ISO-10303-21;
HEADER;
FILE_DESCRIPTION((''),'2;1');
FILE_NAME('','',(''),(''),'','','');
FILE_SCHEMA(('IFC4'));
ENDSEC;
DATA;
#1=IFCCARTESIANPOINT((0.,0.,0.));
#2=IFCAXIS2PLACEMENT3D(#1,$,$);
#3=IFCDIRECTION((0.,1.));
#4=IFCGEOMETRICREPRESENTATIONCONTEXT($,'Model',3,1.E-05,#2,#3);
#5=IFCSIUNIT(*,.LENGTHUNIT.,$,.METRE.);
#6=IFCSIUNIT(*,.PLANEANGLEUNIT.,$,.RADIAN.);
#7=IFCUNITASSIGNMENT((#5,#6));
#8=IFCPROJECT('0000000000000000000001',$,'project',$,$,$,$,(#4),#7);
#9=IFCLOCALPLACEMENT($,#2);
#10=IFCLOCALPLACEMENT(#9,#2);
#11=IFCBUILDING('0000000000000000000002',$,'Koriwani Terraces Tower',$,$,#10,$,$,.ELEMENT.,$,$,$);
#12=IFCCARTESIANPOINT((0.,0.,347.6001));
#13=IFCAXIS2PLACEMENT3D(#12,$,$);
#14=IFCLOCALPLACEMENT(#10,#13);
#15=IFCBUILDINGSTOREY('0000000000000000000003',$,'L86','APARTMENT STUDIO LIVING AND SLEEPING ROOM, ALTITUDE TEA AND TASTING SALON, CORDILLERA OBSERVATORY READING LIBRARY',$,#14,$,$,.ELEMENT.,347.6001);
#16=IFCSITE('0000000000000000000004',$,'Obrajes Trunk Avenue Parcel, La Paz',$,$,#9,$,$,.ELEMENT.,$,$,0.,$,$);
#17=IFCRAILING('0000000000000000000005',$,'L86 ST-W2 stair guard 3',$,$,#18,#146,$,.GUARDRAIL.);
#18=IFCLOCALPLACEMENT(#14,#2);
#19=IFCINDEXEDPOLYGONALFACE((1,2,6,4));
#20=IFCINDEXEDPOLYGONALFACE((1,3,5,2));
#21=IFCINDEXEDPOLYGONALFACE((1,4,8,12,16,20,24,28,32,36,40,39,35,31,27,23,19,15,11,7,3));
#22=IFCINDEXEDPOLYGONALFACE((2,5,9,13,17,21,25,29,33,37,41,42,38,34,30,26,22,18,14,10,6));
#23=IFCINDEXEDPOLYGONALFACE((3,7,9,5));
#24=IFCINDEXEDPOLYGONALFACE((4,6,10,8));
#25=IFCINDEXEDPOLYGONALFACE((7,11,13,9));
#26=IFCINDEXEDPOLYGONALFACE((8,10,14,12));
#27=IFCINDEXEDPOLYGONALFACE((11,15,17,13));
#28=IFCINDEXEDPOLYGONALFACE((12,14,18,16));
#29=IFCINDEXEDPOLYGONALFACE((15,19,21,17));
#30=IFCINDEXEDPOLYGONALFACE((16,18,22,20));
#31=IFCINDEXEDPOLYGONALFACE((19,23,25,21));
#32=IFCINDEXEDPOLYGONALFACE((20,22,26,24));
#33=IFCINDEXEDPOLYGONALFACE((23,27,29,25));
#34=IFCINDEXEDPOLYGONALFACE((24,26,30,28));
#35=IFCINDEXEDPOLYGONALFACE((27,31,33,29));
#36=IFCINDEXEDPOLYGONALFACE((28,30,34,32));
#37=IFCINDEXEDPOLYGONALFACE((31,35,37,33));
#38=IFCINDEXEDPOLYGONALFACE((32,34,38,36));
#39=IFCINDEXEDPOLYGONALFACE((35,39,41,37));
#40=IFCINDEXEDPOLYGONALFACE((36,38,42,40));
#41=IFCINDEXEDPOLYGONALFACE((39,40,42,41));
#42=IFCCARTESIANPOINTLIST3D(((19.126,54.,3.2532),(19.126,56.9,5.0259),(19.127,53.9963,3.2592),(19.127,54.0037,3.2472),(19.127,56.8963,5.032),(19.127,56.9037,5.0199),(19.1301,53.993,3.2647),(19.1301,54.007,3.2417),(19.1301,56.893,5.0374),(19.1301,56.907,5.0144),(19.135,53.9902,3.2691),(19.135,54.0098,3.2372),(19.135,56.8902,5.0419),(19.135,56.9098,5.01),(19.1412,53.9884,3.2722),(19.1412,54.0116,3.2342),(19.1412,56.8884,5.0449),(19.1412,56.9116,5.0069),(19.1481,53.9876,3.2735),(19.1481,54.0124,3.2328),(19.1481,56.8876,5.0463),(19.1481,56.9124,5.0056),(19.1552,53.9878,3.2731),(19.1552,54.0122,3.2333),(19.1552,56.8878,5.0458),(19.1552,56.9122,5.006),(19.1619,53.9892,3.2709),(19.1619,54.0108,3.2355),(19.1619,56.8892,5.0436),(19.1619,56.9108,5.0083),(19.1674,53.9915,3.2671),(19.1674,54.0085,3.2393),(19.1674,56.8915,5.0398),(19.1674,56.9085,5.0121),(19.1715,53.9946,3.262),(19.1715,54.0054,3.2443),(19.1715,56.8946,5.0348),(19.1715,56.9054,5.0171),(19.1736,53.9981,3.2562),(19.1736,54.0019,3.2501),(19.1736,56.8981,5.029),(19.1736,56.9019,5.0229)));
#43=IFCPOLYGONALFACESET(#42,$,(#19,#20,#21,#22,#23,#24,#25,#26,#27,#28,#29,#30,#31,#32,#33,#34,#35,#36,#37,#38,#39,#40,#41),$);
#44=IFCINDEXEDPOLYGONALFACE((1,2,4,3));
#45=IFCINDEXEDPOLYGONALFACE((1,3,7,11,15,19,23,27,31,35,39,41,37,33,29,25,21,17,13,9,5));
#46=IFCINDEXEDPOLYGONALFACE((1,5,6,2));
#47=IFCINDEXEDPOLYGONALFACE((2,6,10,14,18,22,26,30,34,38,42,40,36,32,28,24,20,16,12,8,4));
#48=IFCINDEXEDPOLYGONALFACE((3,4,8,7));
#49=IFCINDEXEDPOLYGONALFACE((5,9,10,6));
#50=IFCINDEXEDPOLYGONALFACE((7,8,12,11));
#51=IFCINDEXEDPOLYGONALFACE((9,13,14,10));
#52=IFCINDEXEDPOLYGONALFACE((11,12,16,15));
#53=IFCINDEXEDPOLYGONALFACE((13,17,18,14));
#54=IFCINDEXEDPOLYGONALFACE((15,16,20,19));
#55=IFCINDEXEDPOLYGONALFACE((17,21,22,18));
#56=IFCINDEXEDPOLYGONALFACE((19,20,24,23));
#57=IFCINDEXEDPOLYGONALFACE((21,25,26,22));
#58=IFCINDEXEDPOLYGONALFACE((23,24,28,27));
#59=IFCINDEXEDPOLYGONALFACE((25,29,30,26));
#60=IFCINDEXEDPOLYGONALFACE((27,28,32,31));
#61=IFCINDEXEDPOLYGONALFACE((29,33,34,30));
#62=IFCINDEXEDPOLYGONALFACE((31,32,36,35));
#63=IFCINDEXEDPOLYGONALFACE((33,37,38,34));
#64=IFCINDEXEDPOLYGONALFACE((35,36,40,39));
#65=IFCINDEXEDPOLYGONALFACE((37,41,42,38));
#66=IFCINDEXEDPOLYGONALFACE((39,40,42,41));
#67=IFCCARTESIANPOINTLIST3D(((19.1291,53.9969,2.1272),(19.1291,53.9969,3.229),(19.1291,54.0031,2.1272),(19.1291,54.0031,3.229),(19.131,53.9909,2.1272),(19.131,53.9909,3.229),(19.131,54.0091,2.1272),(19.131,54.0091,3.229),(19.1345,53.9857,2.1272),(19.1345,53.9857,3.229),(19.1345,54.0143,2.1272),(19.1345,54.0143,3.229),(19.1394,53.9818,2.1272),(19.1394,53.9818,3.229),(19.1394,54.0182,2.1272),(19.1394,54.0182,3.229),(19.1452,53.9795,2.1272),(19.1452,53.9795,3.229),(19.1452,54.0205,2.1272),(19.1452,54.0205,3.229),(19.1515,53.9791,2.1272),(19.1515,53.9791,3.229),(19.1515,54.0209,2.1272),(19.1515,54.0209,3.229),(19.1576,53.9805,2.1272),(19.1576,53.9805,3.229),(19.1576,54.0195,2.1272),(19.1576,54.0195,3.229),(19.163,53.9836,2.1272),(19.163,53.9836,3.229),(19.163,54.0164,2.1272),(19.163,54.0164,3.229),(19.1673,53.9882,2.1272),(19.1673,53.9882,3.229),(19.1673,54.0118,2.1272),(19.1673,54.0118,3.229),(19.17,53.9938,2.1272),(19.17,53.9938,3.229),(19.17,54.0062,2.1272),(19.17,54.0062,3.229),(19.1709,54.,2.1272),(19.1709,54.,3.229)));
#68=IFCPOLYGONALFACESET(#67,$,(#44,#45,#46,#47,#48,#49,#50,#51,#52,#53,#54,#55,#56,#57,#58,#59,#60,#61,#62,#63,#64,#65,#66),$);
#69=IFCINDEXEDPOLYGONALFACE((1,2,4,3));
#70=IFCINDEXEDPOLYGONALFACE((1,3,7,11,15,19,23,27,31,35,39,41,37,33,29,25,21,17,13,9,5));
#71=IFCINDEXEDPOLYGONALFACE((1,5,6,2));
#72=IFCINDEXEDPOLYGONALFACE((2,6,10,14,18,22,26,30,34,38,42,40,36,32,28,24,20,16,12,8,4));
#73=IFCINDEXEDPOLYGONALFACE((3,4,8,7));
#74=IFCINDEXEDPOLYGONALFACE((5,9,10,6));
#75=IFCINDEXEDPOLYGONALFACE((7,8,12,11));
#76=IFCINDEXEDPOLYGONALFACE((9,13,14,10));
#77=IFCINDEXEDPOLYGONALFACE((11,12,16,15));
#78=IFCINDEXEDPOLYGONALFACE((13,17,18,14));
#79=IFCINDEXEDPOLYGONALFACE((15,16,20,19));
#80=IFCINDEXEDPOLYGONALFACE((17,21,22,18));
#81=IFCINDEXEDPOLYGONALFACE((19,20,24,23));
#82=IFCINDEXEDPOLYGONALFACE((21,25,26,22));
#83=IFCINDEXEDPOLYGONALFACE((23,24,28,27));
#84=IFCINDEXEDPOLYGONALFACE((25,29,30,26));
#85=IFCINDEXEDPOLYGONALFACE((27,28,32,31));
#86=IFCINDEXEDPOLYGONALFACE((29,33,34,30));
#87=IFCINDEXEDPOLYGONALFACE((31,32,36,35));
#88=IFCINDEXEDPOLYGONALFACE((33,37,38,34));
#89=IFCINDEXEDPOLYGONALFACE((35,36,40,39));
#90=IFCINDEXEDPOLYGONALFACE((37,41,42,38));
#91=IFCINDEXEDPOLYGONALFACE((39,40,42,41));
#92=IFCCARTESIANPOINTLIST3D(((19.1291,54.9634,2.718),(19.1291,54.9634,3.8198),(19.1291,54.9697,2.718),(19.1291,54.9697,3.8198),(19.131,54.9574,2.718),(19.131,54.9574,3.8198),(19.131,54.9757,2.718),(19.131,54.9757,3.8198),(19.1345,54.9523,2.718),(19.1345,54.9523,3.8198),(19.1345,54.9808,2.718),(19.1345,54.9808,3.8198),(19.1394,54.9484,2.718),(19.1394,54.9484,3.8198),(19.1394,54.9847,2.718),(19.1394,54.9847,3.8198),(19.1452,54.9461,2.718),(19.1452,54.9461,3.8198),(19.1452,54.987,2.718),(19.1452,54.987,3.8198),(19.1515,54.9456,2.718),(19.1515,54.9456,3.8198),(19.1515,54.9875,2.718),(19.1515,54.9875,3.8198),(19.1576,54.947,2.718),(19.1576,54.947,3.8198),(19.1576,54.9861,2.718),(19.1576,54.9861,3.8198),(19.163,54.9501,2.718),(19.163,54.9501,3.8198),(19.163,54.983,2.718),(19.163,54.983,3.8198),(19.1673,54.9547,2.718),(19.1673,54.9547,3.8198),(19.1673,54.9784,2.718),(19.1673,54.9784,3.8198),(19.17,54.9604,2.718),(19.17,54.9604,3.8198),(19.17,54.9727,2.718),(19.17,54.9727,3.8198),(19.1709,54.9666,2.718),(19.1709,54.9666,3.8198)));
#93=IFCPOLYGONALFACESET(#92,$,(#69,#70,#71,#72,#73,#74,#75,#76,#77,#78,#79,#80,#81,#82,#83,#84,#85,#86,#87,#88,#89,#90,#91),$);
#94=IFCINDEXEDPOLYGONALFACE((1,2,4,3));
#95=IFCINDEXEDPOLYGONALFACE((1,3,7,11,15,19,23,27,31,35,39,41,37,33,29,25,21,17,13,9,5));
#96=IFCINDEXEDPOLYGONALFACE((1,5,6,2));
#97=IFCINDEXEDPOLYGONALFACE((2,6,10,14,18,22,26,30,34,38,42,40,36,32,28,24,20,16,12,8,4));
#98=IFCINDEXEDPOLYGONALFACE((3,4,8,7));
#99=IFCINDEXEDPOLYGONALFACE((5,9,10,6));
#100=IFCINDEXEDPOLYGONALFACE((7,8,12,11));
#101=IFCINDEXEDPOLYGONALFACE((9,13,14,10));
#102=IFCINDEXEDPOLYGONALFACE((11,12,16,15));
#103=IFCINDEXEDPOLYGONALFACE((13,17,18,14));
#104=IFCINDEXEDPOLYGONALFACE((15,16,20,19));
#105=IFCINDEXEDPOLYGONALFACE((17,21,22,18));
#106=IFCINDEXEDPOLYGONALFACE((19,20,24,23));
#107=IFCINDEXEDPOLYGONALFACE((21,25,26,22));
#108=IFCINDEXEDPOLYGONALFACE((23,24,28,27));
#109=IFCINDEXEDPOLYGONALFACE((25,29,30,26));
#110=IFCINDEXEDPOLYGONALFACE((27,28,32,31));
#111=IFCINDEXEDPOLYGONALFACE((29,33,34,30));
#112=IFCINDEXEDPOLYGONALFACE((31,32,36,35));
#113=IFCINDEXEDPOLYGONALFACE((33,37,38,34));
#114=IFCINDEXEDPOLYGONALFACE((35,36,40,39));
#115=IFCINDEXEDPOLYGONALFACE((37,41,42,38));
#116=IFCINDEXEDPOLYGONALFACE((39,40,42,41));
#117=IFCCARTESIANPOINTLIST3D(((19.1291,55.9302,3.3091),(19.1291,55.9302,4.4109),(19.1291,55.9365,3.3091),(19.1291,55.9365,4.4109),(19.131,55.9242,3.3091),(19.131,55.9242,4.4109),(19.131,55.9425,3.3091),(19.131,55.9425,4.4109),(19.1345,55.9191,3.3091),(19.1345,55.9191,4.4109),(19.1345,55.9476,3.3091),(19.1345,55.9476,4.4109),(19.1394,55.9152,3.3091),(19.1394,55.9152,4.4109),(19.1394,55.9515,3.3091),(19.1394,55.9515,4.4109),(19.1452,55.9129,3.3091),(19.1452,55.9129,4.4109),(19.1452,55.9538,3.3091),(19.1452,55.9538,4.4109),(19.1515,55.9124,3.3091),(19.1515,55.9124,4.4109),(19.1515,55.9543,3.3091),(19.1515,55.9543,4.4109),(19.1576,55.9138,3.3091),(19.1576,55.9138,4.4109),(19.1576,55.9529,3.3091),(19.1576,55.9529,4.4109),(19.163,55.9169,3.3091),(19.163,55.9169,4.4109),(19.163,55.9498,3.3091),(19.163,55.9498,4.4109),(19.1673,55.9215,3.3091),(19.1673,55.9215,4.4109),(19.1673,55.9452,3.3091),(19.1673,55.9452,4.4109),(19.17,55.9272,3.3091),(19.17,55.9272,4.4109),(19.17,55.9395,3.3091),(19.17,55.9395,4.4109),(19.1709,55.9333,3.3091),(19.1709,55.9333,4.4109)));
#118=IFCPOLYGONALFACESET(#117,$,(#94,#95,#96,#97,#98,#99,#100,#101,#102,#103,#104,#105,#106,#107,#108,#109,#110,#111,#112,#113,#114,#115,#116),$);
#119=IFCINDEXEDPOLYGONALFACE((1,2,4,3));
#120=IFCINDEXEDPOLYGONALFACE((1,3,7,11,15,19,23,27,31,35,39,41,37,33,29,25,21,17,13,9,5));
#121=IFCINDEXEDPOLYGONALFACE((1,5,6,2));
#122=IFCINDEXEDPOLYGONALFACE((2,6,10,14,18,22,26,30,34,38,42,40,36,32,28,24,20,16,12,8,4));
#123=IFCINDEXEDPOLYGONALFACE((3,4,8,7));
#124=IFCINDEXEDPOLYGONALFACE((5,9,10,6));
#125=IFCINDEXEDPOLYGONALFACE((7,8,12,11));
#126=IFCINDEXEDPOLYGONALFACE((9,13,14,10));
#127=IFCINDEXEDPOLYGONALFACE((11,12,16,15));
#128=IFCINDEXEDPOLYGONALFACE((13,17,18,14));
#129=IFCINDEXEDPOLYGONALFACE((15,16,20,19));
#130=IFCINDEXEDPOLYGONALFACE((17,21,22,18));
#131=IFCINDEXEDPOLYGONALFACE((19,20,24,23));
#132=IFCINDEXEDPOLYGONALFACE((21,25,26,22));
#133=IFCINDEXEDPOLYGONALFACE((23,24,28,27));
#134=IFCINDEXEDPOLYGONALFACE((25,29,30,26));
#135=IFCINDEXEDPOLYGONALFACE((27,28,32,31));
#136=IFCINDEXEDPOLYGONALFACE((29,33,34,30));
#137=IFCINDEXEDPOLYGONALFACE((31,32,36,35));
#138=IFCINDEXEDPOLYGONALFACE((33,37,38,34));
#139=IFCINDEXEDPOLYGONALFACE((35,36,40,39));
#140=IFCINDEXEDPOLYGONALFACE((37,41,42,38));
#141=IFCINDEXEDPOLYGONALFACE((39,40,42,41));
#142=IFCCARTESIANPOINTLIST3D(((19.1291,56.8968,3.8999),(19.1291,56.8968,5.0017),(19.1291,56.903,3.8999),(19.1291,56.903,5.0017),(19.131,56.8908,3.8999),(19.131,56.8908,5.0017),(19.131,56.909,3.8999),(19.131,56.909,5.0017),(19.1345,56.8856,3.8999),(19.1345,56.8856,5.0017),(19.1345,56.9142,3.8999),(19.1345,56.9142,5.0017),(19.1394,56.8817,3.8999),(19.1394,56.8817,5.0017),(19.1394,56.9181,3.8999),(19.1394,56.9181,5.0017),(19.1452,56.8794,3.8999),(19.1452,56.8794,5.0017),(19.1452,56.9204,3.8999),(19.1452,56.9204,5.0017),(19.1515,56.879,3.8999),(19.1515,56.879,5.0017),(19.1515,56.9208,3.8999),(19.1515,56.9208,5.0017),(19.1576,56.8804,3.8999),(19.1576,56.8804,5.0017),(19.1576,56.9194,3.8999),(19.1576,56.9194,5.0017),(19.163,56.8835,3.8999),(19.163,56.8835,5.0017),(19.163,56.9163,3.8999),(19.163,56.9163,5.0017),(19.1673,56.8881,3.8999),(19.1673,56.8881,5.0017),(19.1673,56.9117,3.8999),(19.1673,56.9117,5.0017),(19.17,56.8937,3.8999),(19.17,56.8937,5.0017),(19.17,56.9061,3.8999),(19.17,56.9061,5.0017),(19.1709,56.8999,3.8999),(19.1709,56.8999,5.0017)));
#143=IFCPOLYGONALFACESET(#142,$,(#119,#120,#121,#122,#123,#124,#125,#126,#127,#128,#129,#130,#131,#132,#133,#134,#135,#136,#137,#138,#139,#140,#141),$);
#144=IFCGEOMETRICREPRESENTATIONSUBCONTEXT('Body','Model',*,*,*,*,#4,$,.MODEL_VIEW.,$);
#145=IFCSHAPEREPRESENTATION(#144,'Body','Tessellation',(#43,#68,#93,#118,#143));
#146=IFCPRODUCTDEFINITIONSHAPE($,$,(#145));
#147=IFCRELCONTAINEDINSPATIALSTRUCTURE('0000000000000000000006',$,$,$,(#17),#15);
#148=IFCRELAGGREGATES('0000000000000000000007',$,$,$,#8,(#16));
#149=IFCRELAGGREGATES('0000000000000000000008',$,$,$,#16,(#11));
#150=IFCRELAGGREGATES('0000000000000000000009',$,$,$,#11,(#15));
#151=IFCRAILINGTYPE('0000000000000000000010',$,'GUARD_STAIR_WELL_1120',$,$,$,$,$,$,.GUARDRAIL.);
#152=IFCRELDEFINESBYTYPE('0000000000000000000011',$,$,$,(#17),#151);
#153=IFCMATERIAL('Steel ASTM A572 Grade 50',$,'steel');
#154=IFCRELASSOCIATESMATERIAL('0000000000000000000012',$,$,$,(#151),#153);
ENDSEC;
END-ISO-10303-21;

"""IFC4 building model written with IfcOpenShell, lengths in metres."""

from ifc_helpers import new_model, si_unit, direction, frame, origin, origin_2d, place, context, subcontext, project, spatial, circle, extrude, material, type_object, element, save


model = new_model("IFC4")

# Units and contexts
model_context = context("Model", 3, precision=1e-05, world=origin(), true_north=direction((0.0, 1.0)))
body_context = subcontext(model_context, "Body", "Model", "MODEL_VIEW")
ifc_project = project(units=[si_unit("LENGTHUNIT", "METRE"), si_unit("PLANEANGLEUNIT", "RADIAN")], contexts=[model_context])

# Site, building, storey
site_placement = place(None, origin())
site = spatial("IfcSite", under=ifc_project, at=site_placement, Name="Obrajes Trunk Avenue Parcel, La Paz", CompositionType="ELEMENT", RefElevation=0.0)
building_placement = place(site_placement, origin())
building = spatial("IfcBuilding", under=site, at=building_placement, Name="Koriwani Terraces Tower", CompositionType="ELEMENT")
storey_placement = place(building_placement, frame((0.0, 0.0, 347.6001)))
storey = spatial("IfcBuildingStorey", under=building, at=storey_placement, Name="L86", Description="APARTMENT STUDIO LIVING AND SLEEPING ROOM, ALTITUDE TEA AND TASTING SALON, CORDILLERA OBSERVATORY READING LIBRARY", CompositionType="ELEMENT", Elevation=347.6001)

# Shared definitions
ifc_material_1 = material(Name="Steel ASTM A572 Grade 50", Category="steel")

# Railing
railing_type_1 = type_object("IfcRailingType", Name="GUARD_STAIR_WELL_1120", PredefinedType="GUARDRAIL", material=ifc_material_1)
railing_1_placement = place(storey_placement, frame((19.1499, 54.0, 2.1272)))
element("IfcRailing", 1, at=railing_1_placement, inside=storey, type_object=railing_type_1, Name="L86 ST-W2 stair guard 3", PredefinedType="GUARDRAIL", context=body_context, shape_type="SweptSolid", body=[
    extrude(circle(Radius=0.0239, at=origin_2d()), frame((0.0, 0.0, 1.126), z_axis=(0.0, 0.853211, 0.521566), x_axis=(-1.0, 0.0, 0.0)), (0.0, 0.0, 1.0), 3.3989),
    extrude(circle(Radius=0.021, at=origin_2d()), origin(), (0.0, 0.0, 1.0), 1.1018),
    extrude(circle(Radius=0.021, at=origin_2d()), frame((0.0, 0.9666, 0.5908)), (0.0, 0.0, 1.0), 1.1018),
    extrude(circle(Radius=0.021, at=origin_2d()), frame((0.0, 1.9333, 1.1819)), (0.0, 0.0, 1.0), 1.1018),
    extrude(circle(Radius=0.021, at=origin_2d()), frame((0.0, 2.8999, 1.7727)), (0.0, 0.0, 1.0), 1.1018),
])

save(model, "model.ifc")
